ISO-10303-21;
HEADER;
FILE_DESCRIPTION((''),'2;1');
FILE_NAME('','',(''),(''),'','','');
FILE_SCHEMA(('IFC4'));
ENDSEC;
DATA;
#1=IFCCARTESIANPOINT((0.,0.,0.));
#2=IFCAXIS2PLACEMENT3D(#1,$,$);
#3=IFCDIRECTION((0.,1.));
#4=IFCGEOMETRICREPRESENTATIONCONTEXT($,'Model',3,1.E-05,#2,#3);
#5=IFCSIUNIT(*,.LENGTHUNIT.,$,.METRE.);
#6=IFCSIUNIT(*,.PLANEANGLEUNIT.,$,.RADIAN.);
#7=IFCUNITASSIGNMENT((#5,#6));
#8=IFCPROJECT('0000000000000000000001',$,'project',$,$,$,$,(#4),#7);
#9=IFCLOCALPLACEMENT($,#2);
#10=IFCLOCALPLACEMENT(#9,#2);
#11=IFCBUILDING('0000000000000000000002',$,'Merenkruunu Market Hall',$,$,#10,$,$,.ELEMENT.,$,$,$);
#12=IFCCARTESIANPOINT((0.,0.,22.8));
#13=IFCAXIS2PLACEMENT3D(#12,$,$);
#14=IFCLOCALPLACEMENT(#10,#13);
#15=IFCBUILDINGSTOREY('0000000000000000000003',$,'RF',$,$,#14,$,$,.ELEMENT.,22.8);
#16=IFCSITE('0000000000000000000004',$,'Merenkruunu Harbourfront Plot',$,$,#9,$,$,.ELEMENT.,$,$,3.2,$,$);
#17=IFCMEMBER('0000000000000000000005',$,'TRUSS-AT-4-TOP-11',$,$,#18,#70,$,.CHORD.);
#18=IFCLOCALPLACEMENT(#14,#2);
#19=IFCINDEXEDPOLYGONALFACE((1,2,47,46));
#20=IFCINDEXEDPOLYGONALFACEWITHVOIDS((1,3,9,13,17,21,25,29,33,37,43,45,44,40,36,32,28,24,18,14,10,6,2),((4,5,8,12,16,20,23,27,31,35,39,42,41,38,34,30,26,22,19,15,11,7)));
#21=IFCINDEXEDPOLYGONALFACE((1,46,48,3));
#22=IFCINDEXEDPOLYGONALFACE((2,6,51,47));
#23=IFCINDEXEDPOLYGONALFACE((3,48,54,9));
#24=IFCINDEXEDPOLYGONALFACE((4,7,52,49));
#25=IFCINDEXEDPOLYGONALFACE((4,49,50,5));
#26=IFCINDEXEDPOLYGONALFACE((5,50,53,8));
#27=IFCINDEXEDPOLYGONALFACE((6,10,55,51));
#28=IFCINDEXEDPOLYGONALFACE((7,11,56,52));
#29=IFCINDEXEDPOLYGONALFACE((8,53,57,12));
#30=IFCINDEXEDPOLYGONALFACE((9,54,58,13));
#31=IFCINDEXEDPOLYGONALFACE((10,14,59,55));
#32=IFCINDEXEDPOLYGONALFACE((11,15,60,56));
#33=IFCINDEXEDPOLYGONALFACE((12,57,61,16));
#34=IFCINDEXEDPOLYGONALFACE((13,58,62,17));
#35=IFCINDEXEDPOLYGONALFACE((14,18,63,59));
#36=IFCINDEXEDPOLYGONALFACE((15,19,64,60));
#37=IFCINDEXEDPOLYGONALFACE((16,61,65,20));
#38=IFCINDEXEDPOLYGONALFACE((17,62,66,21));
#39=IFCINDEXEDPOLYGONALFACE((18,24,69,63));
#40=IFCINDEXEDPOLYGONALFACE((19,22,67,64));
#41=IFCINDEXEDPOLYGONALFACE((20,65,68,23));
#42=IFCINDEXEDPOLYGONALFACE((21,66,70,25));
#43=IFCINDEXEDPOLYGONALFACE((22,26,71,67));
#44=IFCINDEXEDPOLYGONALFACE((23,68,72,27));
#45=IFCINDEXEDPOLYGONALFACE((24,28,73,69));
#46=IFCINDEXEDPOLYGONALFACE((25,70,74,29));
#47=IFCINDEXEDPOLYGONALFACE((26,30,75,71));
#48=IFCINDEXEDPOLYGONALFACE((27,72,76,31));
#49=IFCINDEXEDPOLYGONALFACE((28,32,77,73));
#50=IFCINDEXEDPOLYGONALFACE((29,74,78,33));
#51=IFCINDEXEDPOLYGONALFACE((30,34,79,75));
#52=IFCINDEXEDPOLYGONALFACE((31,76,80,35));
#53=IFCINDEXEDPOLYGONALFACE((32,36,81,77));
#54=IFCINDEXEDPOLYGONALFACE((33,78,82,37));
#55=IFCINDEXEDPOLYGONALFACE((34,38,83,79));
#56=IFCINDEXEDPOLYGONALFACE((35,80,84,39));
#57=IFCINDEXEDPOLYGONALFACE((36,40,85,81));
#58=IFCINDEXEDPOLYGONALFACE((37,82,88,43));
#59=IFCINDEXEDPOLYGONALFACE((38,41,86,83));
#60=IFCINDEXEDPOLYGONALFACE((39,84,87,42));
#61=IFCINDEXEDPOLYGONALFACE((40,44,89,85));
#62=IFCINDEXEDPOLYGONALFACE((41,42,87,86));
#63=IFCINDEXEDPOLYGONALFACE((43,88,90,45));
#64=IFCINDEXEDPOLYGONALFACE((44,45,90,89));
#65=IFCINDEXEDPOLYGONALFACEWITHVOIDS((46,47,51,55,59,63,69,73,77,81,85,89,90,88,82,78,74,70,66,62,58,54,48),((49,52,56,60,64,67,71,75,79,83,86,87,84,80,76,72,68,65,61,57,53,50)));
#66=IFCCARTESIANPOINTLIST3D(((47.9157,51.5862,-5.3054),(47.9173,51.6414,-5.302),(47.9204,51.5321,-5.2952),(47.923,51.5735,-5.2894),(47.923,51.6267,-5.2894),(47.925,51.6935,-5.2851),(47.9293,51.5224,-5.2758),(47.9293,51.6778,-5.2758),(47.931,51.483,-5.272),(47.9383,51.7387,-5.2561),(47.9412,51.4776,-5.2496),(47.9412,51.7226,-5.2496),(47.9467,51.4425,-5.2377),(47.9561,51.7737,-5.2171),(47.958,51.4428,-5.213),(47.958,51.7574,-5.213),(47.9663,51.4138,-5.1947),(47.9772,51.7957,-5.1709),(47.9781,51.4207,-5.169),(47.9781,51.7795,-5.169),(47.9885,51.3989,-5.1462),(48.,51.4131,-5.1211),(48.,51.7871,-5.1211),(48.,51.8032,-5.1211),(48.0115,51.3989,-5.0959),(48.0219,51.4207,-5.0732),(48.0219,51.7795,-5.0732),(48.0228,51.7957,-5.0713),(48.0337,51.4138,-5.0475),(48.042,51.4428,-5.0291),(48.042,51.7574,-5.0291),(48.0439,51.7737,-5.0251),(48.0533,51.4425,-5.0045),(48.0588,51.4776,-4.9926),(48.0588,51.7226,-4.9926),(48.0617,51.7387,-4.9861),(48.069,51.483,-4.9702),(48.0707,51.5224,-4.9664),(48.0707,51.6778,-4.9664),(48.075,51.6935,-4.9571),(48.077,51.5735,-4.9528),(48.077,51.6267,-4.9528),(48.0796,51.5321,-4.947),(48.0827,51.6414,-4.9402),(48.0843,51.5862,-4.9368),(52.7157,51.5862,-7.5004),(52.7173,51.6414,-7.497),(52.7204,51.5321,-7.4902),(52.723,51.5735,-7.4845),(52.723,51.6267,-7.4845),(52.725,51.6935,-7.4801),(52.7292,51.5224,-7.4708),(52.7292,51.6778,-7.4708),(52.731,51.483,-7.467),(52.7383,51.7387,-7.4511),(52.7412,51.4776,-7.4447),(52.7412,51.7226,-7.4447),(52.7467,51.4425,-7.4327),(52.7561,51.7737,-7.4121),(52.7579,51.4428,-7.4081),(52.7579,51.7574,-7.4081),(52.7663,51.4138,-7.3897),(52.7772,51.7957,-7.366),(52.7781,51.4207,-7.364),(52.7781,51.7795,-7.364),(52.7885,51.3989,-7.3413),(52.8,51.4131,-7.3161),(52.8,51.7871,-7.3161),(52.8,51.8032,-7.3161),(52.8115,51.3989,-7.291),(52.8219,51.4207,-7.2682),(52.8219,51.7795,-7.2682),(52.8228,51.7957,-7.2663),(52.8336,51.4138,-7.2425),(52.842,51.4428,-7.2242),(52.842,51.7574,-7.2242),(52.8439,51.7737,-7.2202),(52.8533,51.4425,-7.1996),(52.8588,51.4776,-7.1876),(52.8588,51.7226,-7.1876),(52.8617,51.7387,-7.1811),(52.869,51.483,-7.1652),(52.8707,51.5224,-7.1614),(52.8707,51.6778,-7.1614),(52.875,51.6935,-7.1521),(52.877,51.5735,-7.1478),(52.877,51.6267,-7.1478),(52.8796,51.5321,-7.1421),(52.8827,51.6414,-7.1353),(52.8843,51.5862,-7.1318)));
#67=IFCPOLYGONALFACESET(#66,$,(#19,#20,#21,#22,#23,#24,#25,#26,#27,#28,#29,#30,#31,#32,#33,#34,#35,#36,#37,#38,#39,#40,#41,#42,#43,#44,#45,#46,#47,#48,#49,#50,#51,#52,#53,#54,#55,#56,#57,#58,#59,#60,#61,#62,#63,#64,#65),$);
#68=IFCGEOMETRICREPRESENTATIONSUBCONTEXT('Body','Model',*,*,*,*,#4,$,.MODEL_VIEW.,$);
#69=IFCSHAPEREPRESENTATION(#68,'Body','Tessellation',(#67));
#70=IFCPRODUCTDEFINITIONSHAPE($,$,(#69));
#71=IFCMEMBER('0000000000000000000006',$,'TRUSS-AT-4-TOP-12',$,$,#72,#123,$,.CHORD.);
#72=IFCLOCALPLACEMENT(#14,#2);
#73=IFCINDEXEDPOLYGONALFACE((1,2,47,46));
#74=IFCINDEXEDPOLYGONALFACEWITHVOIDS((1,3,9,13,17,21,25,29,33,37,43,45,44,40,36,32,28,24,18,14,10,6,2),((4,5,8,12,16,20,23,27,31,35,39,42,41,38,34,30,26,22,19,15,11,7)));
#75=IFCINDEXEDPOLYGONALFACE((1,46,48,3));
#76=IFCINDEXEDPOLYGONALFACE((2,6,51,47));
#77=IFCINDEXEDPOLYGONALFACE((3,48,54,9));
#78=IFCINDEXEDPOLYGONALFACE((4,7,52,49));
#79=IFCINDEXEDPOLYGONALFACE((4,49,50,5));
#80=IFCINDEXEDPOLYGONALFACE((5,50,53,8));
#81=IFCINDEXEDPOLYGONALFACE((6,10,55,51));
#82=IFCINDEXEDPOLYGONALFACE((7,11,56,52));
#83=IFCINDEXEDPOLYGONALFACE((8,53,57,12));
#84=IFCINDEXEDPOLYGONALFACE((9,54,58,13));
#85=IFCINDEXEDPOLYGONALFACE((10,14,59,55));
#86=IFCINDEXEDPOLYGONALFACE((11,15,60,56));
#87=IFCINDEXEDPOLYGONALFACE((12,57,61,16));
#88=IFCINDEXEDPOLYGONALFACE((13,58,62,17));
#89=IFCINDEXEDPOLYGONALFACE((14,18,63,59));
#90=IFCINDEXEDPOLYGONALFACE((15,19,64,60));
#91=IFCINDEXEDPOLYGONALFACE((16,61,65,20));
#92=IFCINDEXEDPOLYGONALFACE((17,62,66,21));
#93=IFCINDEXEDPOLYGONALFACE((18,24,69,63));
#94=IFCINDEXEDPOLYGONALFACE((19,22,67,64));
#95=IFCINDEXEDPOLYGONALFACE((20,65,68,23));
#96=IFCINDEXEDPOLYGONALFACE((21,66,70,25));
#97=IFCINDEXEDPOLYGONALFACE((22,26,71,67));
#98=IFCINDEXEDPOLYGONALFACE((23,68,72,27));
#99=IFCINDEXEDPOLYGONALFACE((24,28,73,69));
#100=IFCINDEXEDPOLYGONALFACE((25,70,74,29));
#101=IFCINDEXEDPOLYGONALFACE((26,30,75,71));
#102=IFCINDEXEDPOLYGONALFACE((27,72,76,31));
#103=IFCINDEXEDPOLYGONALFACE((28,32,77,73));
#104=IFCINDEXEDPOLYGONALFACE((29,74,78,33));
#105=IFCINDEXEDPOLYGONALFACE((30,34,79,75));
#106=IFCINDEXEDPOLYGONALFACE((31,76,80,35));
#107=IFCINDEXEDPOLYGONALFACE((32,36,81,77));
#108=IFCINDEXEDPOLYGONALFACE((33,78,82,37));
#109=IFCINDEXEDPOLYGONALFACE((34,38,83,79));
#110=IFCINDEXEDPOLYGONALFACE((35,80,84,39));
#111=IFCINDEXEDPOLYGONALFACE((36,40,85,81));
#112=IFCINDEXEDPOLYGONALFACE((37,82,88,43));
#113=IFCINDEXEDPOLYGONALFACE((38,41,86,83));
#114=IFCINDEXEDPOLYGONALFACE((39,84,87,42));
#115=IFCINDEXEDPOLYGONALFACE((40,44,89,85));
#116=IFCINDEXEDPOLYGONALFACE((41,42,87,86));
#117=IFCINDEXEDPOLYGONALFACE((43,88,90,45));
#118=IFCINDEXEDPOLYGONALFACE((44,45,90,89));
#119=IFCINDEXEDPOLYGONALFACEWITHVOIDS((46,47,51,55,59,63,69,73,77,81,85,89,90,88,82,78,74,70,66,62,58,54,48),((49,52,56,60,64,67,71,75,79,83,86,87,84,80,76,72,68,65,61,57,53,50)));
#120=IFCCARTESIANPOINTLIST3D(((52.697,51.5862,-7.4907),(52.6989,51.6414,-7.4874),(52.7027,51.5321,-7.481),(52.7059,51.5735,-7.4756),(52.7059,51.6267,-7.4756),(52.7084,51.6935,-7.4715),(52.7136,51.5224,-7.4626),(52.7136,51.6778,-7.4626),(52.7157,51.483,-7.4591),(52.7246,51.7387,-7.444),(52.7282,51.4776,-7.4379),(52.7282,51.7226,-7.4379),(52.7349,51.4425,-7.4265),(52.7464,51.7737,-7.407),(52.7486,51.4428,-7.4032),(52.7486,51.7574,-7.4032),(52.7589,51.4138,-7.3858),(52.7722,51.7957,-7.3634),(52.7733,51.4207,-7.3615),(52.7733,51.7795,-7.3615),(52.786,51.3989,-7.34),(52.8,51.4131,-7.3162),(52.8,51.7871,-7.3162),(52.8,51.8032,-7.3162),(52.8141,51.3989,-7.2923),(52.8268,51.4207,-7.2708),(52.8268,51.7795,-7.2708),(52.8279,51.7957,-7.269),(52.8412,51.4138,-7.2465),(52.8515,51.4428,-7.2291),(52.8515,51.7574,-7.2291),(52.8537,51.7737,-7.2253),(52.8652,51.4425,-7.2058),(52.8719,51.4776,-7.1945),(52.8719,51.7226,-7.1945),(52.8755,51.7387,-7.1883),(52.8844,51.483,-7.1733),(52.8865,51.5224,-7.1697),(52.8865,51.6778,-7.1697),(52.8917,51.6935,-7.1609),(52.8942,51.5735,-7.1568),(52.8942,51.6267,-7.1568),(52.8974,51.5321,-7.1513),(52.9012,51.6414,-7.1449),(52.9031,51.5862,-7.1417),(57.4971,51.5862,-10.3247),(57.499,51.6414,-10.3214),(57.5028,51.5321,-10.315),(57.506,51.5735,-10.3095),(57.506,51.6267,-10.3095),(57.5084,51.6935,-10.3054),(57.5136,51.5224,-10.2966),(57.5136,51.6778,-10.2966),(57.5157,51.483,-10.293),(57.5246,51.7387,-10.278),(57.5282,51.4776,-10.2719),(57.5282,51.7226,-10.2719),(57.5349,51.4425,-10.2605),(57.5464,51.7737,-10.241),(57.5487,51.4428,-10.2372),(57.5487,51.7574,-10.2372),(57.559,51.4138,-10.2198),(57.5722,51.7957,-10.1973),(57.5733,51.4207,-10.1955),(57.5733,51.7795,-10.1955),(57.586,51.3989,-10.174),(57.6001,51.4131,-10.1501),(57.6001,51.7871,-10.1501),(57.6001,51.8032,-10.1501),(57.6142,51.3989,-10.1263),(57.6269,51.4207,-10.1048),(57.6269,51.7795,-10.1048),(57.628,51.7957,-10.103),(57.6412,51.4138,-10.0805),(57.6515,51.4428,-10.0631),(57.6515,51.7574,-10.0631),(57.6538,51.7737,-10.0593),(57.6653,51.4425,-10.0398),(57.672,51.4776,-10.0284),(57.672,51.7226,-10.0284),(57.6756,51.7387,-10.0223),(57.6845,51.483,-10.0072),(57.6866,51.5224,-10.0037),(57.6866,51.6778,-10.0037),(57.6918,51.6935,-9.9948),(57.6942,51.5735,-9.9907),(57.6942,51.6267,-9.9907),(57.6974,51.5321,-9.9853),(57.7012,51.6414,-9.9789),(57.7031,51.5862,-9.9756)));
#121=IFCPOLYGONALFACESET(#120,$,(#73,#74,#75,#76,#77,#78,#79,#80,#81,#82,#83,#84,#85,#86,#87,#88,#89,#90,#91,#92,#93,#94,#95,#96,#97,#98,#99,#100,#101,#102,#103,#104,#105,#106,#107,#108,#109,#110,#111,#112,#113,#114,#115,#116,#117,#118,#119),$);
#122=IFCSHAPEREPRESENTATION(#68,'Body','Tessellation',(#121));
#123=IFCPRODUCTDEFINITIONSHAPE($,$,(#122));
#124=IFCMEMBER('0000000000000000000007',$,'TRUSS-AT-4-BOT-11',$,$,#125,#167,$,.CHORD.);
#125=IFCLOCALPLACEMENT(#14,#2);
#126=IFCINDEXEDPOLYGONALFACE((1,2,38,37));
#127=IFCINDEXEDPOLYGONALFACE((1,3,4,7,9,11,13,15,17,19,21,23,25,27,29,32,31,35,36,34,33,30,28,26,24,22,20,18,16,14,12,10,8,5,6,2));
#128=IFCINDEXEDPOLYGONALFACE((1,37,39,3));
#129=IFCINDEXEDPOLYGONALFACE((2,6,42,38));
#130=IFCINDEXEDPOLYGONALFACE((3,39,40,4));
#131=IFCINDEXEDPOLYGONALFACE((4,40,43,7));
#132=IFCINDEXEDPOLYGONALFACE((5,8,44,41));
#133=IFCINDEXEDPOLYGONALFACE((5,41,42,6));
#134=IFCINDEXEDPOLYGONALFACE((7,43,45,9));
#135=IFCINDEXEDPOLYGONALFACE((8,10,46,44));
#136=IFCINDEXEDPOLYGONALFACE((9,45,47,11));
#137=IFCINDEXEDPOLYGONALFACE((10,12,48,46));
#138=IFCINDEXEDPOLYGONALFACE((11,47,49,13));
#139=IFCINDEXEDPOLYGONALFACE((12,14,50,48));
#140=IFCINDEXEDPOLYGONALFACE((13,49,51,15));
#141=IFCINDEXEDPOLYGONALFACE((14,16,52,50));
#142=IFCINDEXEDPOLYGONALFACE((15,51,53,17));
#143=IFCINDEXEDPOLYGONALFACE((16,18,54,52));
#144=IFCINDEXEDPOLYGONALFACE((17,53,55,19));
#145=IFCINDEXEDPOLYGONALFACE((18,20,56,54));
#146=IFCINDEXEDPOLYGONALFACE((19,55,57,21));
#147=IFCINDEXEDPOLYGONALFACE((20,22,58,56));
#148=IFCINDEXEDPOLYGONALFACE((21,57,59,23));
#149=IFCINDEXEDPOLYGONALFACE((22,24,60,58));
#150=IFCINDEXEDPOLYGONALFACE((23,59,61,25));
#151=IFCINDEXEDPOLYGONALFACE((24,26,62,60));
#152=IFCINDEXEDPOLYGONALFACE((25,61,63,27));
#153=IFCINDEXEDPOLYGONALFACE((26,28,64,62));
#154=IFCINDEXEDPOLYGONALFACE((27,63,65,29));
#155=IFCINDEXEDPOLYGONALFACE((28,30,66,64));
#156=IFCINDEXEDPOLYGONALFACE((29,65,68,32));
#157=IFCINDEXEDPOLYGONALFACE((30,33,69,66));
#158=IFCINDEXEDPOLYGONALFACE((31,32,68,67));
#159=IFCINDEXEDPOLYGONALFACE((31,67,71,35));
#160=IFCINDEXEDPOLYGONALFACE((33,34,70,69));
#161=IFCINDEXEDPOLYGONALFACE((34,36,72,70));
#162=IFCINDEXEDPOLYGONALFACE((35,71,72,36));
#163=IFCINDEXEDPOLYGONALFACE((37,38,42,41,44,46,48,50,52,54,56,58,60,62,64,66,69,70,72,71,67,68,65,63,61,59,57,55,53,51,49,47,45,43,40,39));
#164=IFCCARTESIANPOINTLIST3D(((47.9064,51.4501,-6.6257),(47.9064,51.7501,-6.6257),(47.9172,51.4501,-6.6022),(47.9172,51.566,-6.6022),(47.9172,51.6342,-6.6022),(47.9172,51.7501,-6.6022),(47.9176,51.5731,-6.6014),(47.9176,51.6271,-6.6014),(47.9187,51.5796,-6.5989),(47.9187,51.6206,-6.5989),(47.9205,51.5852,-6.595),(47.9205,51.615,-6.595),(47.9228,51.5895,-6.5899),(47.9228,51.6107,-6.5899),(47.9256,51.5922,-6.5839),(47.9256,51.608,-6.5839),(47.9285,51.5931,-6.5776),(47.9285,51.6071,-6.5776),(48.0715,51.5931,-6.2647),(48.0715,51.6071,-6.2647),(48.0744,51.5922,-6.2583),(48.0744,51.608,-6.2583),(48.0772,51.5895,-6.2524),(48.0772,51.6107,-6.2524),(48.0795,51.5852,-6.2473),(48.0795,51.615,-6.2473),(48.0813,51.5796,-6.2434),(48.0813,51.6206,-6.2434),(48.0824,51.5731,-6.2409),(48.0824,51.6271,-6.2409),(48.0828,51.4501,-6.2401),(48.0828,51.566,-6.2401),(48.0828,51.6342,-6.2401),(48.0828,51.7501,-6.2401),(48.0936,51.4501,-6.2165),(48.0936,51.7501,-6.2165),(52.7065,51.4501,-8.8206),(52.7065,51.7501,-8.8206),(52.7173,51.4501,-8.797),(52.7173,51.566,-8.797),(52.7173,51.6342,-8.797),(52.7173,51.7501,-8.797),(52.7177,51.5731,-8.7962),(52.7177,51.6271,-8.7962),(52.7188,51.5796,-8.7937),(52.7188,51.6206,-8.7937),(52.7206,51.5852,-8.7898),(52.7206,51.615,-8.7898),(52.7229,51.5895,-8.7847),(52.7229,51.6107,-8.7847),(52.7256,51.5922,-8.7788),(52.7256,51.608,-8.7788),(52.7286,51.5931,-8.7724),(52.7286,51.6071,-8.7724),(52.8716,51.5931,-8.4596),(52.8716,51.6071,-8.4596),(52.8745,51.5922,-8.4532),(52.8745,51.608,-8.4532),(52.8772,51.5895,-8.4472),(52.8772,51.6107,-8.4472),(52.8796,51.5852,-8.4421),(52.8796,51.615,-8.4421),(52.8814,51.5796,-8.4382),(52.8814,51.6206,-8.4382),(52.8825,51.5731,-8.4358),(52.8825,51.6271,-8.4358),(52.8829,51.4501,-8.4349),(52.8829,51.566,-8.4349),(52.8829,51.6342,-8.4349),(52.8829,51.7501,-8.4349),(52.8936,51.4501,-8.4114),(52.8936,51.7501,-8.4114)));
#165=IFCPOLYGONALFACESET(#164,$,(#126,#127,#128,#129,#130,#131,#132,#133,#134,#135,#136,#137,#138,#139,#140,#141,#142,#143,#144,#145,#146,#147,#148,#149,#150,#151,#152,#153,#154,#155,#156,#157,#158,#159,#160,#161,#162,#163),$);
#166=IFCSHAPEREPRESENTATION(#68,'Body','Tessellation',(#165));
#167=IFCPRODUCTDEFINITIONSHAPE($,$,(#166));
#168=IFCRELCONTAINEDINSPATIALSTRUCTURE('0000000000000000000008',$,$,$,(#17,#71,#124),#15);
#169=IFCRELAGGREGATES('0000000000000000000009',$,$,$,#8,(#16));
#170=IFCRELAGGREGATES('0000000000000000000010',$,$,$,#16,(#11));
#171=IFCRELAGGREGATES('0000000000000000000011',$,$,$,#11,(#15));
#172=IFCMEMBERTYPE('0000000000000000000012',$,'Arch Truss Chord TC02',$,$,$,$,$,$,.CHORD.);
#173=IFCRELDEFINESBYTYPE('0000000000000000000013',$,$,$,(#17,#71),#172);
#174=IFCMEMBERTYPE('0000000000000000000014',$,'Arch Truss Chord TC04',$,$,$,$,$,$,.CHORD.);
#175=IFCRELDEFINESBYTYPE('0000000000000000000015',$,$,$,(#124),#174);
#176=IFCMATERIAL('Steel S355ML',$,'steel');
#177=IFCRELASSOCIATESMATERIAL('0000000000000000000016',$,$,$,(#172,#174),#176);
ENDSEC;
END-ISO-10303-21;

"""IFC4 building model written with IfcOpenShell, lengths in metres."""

from ifc_helpers import new_model, si_unit, direction, frame, origin, origin_2d, place, context, subcontext, project, spatial, hollow_circle, i_section, extrude, material, material_profile, profile_set, type_object, element, save


model = new_model("IFC4")

# Units and contexts
model_context = context("Model", 3, precision=1e-05, world=origin(), true_north=direction((0.0, 1.0)))
body_context = subcontext(model_context, "Body", "Model", "MODEL_VIEW")
ifc_project = project(units=[si_unit("LENGTHUNIT", "METRE"), si_unit("PLANEANGLEUNIT", "RADIAN")], contexts=[model_context])

# Site, building, storey
site_placement = place(None, origin())
site = spatial("IfcSite", under=ifc_project, at=site_placement, Name="Merenkruunu Harbourfront Plot", CompositionType="ELEMENT", RefElevation=3.2)
building_placement = place(site_placement, origin())
building = spatial("IfcBuilding", under=site, at=building_placement, Name="Merenkruunu Market Hall", CompositionType="ELEMENT")
storey_placement = place(building_placement, frame((0.0, 0.0, 22.8)))
storey = spatial("IfcBuildingStorey", under=building, at=storey_placement, Name="RF", CompositionType="ELEMENT", Elevation=22.8)

# Members
ifc_material_1 = material(Name="Steel S355ML", Category="steel")
ifc_material_profile_1 = material_profile(ifc_material_1, hollow_circle(Radius=0.2031, WallThickness=0.0161, at=origin_2d()), Name="CHS 406.4x16")
ifc_profile_set_1 = profile_set([ifc_material_profile_1], Name="Steel S355ML")
member_type_1 = type_object("IfcMemberType", Name="Arch Truss Chord TC02", PredefinedType="CHORD", material=ifc_profile_set_1)
member_1_placement = place(storey_placement, frame((48.0, 51.6001, -5.1211), z_axis=(0.90942, 0.0, -0.415879), x_axis=(0.0, 1.0, 0.0)))
element("IfcMember", 1, at=member_1_placement, inside=storey, type_object=member_type_1, Name="TRUSS-AT-4-TOP-11", PredefinedType="CHORD", context=body_context, shape_type="SweptSolid", body=[
    extrude(hollow_circle(Radius=0.2031, WallThickness=0.0161, at=origin_2d()), origin(), (0.0, 0.0, 1.0), 5.2781),
])
member_2_placement = place(storey_placement, frame((52.8, 51.6001, -7.3162), z_axis=(0.861116, 0.0, -0.508409), x_axis=(0.0, 1.0, 0.0)))
element("IfcMember", 2, at=member_2_placement, inside=storey, type_object=member_type_1, Name="TRUSS-AT-4-TOP-12", PredefinedType="CHORD", context=body_context, shape_type="SweptSolid", body=[
    extrude(hollow_circle(Radius=0.2031, WallThickness=0.0161, at=origin_2d()), origin(), (0.0, 0.0, 1.0), 5.5742),
])
ifc_material_profile_2 = material_profile(ifc_material_1, i_section(OverallWidth=0.3, OverallDepth=0.45, WebThickness=0.0139, FlangeThickness=0.0259, FilletRadius=0.0271, at=origin_2d()), Name="HEB 450")
ifc_profile_set_2 = profile_set([ifc_material_profile_2], Name="Steel S355ML")
member_type_2 = type_object("IfcMemberType", Name="Arch Truss Chord TC04", PredefinedType="CHORD", material=ifc_profile_set_2)
member_3_placement = place(storey_placement, frame((48.0, 51.6001, -6.4211), z_axis=(0.909437, 0.0, -0.415841), x_axis=(0.0, 1.0, 0.0)))
element("IfcMember", 3, at=member_3_placement, inside=storey, type_object=member_type_2, Name="TRUSS-AT-4-BOT-11", PredefinedType="CHORD", context=body_context, shape_type="SweptSolid", body=[
    extrude(i_section(OverallWidth=0.3, OverallDepth=0.45, WebThickness=0.0139, FlangeThickness=0.0259, FilletRadius=0.0271, at=origin_2d()), origin(), (0.0, 0.0, 1.0), 5.2781),
])

save(model, "model.ifc")
